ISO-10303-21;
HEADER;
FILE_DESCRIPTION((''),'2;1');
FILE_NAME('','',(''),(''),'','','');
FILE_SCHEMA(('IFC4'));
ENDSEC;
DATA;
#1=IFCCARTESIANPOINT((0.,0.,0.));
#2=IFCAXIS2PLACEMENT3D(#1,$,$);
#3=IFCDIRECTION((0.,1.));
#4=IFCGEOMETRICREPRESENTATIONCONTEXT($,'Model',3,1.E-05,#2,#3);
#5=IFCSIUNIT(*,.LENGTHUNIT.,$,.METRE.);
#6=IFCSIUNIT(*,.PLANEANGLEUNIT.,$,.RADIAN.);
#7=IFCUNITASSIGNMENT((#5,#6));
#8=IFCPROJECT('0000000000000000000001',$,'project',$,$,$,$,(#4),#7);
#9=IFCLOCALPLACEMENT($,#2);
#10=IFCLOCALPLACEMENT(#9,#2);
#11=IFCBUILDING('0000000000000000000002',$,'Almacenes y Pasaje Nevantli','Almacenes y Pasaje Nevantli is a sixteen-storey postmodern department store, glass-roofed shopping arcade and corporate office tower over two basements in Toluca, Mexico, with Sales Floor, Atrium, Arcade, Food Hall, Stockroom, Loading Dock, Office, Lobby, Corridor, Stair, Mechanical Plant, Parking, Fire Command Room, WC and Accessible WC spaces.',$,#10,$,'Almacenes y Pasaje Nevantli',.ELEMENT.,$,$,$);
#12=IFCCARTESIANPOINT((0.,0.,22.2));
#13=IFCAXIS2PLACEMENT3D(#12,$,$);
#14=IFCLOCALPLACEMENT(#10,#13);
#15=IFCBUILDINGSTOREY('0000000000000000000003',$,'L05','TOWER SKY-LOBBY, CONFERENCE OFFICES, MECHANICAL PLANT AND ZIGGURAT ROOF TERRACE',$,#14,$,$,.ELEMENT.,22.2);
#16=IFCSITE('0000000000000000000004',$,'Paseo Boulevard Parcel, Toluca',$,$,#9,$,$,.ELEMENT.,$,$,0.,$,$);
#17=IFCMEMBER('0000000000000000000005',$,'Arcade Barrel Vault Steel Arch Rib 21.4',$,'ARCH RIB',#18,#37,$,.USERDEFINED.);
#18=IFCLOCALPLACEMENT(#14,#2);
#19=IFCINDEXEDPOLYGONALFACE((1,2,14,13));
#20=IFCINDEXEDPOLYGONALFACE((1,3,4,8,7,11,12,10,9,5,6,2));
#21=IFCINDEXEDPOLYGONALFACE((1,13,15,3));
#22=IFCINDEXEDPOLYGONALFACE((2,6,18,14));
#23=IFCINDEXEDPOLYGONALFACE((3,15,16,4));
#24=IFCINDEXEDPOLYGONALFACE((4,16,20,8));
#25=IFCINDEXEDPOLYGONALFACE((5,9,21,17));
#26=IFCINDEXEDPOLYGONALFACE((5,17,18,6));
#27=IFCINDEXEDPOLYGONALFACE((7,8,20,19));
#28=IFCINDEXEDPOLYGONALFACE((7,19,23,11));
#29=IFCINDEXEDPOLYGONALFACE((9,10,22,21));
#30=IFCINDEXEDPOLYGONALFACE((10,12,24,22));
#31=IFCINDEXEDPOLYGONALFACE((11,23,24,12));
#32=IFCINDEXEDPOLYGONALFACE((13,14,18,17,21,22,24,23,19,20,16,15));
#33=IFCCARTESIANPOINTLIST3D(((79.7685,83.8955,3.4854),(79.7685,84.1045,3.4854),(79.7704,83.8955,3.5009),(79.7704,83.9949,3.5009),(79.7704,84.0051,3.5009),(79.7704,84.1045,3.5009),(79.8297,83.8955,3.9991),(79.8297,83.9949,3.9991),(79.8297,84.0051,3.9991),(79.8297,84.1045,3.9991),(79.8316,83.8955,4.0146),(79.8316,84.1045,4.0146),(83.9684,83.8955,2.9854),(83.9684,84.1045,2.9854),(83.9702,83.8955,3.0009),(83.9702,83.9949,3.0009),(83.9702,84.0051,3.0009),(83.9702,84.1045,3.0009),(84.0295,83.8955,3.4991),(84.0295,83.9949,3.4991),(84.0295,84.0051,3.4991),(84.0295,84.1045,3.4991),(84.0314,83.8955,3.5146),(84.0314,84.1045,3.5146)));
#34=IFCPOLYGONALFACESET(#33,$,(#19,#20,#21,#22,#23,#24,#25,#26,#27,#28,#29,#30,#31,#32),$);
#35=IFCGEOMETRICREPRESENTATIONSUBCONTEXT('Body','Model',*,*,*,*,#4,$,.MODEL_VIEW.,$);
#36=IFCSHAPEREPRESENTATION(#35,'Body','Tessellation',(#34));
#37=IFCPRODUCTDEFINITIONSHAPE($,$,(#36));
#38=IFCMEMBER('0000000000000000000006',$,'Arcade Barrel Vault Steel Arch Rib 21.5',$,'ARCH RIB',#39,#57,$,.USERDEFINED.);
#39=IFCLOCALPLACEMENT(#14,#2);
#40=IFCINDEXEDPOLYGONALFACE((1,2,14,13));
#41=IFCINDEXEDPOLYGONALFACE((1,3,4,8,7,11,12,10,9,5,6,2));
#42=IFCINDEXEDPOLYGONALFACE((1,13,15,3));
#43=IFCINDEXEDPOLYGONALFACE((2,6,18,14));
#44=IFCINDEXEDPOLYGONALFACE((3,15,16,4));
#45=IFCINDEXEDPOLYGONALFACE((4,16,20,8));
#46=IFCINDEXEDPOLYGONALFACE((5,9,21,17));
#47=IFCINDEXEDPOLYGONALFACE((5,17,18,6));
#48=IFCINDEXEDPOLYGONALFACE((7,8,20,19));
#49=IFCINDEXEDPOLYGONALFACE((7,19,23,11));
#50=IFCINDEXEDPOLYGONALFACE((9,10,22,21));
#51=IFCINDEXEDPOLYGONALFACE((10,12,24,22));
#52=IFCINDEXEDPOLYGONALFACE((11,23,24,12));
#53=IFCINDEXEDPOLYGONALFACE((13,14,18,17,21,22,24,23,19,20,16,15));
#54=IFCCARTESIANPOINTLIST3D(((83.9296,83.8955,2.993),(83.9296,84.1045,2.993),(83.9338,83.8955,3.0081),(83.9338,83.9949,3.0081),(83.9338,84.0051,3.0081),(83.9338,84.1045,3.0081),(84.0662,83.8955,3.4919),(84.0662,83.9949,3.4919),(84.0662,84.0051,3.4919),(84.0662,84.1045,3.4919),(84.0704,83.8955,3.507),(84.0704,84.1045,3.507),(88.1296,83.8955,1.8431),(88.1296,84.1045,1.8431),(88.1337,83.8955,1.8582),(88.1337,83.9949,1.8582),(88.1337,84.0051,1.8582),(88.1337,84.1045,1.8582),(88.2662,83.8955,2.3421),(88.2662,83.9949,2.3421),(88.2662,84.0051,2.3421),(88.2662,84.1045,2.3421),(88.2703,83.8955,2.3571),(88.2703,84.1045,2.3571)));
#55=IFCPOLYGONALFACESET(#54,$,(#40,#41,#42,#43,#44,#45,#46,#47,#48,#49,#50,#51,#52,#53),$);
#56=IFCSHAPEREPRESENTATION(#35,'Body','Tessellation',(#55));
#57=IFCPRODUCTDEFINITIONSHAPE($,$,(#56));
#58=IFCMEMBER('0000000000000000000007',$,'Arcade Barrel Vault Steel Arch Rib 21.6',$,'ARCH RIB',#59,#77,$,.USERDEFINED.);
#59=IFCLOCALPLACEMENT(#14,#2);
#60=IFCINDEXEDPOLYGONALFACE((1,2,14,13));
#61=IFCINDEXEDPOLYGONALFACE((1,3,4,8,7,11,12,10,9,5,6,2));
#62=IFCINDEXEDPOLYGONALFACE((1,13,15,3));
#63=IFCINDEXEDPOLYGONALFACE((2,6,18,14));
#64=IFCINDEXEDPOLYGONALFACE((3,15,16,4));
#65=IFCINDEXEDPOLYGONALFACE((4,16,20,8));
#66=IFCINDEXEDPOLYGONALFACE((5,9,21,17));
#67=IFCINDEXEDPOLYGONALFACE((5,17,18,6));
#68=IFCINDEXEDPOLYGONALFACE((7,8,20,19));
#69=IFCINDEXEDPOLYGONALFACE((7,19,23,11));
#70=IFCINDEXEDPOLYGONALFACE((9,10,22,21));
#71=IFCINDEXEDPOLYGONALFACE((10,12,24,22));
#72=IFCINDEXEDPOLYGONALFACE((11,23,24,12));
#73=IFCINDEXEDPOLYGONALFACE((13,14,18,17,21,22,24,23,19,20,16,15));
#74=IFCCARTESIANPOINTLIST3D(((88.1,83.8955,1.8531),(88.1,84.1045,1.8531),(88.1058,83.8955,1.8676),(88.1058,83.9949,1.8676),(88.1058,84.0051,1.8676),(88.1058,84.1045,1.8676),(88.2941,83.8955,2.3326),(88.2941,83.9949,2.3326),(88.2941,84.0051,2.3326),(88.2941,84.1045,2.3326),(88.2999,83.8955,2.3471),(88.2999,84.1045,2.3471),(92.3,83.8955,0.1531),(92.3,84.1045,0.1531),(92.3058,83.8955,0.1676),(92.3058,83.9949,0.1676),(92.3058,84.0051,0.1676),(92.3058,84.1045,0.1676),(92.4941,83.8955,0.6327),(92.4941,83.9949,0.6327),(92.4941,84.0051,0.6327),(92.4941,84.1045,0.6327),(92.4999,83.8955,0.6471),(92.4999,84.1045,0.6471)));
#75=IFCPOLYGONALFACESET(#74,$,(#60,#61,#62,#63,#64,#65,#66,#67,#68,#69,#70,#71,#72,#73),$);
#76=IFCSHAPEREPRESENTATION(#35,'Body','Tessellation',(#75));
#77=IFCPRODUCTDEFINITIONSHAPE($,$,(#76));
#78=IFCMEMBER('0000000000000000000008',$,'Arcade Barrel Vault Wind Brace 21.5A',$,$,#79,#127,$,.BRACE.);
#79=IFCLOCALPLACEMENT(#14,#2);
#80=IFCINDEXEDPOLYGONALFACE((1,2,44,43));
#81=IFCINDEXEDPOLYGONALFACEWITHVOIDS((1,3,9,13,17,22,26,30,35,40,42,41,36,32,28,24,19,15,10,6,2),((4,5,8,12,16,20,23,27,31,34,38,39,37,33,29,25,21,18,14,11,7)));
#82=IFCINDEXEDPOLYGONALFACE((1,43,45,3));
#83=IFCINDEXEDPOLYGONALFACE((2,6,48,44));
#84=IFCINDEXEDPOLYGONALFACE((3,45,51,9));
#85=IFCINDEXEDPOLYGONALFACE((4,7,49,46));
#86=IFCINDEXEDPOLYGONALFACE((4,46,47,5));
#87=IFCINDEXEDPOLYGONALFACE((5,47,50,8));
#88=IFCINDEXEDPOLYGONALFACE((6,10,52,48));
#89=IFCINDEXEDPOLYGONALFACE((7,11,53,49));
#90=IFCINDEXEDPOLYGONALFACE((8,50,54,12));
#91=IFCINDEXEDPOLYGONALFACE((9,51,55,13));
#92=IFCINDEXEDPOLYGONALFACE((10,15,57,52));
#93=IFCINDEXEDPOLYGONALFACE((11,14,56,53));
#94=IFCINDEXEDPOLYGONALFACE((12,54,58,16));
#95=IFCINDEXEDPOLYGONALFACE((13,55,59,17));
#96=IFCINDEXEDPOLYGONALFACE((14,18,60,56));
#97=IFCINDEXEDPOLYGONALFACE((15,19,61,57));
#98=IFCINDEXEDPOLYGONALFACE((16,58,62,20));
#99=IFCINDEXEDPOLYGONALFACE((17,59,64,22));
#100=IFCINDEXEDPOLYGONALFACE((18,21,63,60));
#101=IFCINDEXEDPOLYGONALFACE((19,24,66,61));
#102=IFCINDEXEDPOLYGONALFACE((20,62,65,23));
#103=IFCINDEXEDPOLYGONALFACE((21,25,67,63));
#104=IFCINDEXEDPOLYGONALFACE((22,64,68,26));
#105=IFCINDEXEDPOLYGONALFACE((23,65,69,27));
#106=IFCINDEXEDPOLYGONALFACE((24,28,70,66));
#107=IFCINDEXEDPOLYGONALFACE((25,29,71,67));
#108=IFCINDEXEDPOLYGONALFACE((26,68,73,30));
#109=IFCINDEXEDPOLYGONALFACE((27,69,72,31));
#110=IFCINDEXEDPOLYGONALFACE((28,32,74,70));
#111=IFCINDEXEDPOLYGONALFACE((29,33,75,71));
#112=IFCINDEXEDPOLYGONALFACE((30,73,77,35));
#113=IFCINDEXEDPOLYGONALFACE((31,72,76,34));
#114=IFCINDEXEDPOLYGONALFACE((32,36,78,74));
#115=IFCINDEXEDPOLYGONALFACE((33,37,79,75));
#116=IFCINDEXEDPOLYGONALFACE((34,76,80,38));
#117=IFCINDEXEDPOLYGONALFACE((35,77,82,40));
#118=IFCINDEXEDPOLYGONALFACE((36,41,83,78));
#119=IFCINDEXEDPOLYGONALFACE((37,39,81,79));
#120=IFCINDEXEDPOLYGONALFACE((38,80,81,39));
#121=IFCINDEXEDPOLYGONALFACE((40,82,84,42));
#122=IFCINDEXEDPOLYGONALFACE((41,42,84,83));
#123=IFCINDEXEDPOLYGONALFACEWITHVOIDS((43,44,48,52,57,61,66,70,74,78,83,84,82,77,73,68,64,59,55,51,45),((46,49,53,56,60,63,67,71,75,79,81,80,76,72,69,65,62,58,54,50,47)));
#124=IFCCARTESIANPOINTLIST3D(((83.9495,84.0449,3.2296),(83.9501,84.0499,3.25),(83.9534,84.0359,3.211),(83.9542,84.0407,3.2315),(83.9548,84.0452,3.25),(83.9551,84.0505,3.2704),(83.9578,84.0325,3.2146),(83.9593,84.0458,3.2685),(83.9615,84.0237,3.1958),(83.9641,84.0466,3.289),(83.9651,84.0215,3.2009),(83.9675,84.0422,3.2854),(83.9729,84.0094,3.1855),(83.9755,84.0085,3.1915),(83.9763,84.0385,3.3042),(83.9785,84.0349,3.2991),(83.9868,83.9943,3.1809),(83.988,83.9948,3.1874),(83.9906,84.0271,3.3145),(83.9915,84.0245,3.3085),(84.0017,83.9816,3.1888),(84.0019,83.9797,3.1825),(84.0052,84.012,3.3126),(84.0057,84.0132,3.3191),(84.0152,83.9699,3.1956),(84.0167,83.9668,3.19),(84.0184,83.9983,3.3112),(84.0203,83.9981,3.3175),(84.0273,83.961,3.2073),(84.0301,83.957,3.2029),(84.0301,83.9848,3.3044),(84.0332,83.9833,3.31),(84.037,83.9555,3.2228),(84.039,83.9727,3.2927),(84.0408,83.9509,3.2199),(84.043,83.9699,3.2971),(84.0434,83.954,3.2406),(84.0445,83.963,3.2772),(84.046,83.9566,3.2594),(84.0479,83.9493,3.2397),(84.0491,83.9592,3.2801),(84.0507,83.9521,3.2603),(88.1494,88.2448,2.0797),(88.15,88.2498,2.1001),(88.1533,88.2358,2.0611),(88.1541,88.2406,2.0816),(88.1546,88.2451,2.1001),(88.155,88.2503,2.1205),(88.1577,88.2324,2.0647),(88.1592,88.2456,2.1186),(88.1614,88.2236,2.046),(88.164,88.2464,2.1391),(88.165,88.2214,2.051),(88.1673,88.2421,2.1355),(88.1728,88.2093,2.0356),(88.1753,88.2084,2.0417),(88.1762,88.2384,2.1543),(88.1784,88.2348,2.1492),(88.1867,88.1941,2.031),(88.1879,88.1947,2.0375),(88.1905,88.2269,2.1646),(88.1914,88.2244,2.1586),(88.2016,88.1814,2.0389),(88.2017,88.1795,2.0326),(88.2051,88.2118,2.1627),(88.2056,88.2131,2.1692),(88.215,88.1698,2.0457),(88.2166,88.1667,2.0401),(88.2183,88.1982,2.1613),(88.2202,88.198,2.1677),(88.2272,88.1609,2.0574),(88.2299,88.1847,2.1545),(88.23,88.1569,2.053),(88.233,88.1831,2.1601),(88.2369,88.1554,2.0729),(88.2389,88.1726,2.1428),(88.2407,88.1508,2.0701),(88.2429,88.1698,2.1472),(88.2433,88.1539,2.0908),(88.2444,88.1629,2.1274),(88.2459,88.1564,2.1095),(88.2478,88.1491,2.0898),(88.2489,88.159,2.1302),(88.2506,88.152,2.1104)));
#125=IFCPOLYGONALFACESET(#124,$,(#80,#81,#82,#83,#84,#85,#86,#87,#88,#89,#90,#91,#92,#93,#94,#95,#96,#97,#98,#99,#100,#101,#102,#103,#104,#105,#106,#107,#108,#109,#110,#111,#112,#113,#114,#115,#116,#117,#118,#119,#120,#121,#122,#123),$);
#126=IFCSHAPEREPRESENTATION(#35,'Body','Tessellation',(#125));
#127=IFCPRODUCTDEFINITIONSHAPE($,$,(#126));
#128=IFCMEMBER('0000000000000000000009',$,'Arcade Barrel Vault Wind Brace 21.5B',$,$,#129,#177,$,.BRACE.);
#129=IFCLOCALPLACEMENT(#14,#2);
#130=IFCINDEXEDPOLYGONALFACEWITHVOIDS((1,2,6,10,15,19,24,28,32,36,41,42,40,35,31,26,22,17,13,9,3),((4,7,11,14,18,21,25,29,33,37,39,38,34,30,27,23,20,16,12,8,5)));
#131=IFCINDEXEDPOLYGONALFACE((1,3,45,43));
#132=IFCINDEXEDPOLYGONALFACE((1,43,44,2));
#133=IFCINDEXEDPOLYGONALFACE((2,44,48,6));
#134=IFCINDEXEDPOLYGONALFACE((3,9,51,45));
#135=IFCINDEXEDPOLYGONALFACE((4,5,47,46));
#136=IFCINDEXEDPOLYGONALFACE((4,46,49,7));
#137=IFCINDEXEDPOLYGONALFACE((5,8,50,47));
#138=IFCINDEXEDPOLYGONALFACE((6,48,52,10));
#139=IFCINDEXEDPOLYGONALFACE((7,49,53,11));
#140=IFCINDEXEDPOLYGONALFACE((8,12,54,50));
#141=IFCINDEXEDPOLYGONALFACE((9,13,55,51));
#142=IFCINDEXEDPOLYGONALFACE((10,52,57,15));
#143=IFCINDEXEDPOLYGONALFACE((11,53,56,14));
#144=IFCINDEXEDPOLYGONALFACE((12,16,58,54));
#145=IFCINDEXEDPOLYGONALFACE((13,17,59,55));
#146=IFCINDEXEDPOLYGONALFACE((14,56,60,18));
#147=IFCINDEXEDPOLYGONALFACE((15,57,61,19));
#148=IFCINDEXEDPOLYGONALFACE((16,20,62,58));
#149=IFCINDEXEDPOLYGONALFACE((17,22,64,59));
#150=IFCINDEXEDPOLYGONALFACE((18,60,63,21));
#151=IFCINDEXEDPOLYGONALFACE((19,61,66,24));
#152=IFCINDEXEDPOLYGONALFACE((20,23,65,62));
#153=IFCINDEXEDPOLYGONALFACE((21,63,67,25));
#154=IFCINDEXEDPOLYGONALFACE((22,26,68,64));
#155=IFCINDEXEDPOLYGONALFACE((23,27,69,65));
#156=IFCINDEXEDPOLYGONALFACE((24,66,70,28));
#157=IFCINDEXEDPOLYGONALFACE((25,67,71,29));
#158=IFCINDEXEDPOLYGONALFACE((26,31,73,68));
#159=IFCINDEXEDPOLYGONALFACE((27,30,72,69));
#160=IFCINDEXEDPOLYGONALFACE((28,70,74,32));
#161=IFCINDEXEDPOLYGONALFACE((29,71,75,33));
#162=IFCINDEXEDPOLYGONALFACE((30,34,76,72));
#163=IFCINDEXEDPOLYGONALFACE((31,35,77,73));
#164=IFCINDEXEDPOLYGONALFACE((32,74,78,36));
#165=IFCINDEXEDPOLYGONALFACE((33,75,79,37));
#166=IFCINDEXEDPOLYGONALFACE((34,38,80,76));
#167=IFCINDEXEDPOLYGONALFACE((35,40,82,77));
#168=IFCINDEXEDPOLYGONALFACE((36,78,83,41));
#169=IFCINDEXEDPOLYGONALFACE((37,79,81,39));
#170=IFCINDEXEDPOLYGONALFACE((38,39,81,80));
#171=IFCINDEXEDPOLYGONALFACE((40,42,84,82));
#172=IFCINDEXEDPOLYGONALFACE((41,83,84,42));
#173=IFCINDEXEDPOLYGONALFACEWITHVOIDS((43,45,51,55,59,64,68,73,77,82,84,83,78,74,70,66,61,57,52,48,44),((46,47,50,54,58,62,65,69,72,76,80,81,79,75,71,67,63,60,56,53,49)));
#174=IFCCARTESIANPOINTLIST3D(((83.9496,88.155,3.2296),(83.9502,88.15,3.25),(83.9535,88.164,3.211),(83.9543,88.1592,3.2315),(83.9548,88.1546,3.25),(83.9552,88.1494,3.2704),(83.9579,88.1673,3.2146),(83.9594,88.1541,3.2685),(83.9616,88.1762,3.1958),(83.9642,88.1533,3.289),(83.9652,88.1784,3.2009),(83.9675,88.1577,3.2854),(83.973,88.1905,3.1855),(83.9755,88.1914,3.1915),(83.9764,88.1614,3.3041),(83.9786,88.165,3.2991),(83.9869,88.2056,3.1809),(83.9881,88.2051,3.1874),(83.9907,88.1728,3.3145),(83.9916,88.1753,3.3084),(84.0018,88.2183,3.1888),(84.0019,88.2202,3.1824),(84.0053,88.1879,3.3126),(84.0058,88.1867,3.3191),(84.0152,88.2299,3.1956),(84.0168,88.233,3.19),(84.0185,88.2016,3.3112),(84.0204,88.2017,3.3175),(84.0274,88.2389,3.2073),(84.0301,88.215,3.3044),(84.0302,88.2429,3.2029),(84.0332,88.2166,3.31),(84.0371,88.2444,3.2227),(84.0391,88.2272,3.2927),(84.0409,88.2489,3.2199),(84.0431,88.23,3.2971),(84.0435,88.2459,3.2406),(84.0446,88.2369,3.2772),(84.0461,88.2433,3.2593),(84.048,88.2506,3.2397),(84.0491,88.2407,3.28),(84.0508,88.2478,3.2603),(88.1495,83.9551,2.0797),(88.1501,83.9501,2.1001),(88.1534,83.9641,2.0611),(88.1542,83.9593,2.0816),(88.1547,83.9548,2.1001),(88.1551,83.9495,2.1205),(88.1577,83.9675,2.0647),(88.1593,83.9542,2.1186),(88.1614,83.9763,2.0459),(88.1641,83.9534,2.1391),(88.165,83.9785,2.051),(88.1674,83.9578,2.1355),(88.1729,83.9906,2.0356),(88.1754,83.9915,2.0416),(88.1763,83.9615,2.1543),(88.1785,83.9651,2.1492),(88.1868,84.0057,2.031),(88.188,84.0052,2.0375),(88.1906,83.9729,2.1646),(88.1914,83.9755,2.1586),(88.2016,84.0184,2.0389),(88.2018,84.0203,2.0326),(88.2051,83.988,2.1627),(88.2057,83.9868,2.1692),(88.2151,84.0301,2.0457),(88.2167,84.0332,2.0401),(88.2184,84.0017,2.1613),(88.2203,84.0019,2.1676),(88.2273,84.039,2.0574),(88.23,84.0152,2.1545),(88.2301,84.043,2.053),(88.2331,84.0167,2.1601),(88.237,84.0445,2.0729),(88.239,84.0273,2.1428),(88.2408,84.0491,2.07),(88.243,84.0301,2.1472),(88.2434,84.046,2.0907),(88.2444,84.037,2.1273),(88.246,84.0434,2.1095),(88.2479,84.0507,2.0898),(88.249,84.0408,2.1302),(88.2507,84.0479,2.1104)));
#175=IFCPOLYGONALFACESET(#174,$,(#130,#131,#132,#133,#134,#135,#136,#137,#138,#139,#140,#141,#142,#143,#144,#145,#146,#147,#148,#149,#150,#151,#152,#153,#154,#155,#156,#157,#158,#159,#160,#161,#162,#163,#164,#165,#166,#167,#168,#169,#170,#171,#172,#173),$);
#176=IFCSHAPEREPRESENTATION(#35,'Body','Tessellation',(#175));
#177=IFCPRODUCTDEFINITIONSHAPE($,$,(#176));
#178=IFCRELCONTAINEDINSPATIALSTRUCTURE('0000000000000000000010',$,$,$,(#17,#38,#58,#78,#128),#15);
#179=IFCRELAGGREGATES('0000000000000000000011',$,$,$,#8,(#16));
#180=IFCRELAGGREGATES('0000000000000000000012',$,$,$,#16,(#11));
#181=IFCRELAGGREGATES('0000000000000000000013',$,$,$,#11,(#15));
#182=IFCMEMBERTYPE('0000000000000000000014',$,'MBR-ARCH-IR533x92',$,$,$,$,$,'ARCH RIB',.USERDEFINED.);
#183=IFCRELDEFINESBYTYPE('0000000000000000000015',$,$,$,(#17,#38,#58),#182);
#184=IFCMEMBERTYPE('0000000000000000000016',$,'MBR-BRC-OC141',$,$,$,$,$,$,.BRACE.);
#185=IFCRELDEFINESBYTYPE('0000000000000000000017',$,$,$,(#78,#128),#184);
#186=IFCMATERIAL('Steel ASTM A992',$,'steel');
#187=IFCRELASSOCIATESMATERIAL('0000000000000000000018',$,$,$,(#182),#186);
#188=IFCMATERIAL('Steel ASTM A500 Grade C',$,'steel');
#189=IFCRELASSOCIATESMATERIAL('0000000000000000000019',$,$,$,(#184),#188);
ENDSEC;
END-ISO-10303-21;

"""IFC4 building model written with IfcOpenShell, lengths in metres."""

from ifc_helpers import new_model, si_unit, direction, frame, origin, origin_2d, place, context, subcontext, project, spatial, hollow_circle, i_section, extrude, material, material_profile, profile_set, type_object, element, save


model = new_model("IFC4")

# Units and contexts
model_context = context("Model", 3, precision=1e-05, world=origin(), true_north=direction((0.0, 1.0)))
body_context = subcontext(model_context, "Body", "Model", "MODEL_VIEW")
ifc_project = project(units=[si_unit("LENGTHUNIT", "METRE"), si_unit("PLANEANGLEUNIT", "RADIAN")], contexts=[model_context])

# Site, building, storey
site_placement = place(None, origin())
site = spatial("IfcSite", under=ifc_project, at=site_placement, Name="Paseo Boulevard Parcel, Toluca", CompositionType="ELEMENT", RefElevation=0.0)
building_placement = place(site_placement, origin())
building = spatial("IfcBuilding", under=site, at=building_placement, Name="Almacenes y Pasaje Nevantli", Description="Almacenes y Pasaje Nevantli is a sixteen-storey postmodern department store, glass-roofed shopping arcade and corporate office tower over two basements in Toluca, Mexico, with Sales Floor, Atrium, Arcade, Food Hall, Stockroom, Loading Dock, Office, Lobby, Corridor, Stair, Mechanical Plant, Parking, Fire Command Room, WC and Accessible WC spaces.", LongName="Almacenes y Pasaje Nevantli", CompositionType="ELEMENT")
storey_placement = place(building_placement, frame((0.0, 0.0, 22.2)))
storey = spatial("IfcBuildingStorey", under=building, at=storey_placement, Name="L05", Description="TOWER SKY-LOBBY, CONFERENCE OFFICES, MECHANICAL PLANT AND ZIGGURAT ROOF TERRACE", CompositionType="ELEMENT", Elevation=22.2)

# Members
ifc_material_1 = material(Name="Steel ASTM A992", Category="steel")
ifc_material_profile_1 = material_profile(ifc_material_1, i_section(OverallWidth=0.209, OverallDepth=0.533, WebThickness=0.0103, FlangeThickness=0.0156, at=origin_2d()), Name="IR 533x92.5")
ifc_profile_set_1 = profile_set([ifc_material_profile_1], Name="Steel ASTM A992")
member_type_1 = type_object("IfcMemberType", Name="MBR-ARCH-IR533x92", ElementType="ARCH RIB", PredefinedType="USERDEFINED", material=ifc_profile_set_1)
member_1_placement = place(storey_placement, frame((79.8, 84.0, 3.75), z_axis=(0.992988, 0.0, -0.118214), x_axis=(0.0, 1.0, 0.0)))
element("IfcMember", 1, at=member_1_placement, inside=storey, type_object=member_type_1, Name="Arcade Barrel Vault Steel Arch Rib 21.4", ObjectType="ARCH RIB", PredefinedType="USERDEFINED", context=body_context, shape_type="SweptSolid", body=[
    extrude(i_section(OverallWidth=0.209, OverallDepth=0.533, WebThickness=0.0103, FlangeThickness=0.0156, at=origin_2d()), origin(), (0.0, 0.0, 1.0), 4.2295),
])
member_2_placement = place(storey_placement, frame((84.0, 84.0, 3.25), z_axis=(0.964503, 0.0, -0.264071), x_axis=(0.0, 1.0, 0.0)))
element("IfcMember", 2, at=member_2_placement, inside=storey, type_object=member_type_1, Name="Arcade Barrel Vault Steel Arch Rib 21.5", ObjectType="ARCH RIB", PredefinedType="USERDEFINED", context=body_context, shape_type="SweptSolid", body=[
    extrude(i_section(OverallWidth=0.209, OverallDepth=0.533, WebThickness=0.0103, FlangeThickness=0.0156, at=origin_2d()), origin(), (0.0, 0.0, 1.0), 4.3545),
])
member_3_placement = place(storey_placement, frame((88.2, 84.0, 2.1001), z_axis=(0.926949, 0.0, -0.375187), x_axis=(0.0, 1.0, 0.0)))
element("IfcMember", 3, at=member_3_placement, inside=storey, type_object=member_type_1, Name="Arcade Barrel Vault Steel Arch Rib 21.6", ObjectType="ARCH RIB", PredefinedType="USERDEFINED", context=body_context, shape_type="SweptSolid", body=[
    extrude(i_section(OverallWidth=0.209, OverallDepth=0.533, WebThickness=0.0103, FlangeThickness=0.0156, at=origin_2d()), origin(), (0.0, 0.0, 1.0), 4.531),
])
ifc_material_2 = material(Name="Steel ASTM A500 Grade C", Category="steel")
ifc_material_profile_2 = material_profile(ifc_material_2, hollow_circle(Radius=0.0706, WallThickness=0.0066, at=origin_2d()), Name="OC 141x6.6")
ifc_profile_set_2 = profile_set([ifc_material_profile_2], Name="Steel ASTM A500 Grade C")
member_type_2 = type_object("IfcMemberType", Name="MBR-BRC-OC141", PredefinedType="BRACE", material=ifc_profile_set_2)
for number, where, z_axis, x_axis, name in (
    (4, (84.0, 84.0, 3.25), (0.694217, 0.694217, -0.190069), (-0.707107, 0.707107, 0.0), "Arcade Barrel Vault Wind Brace 21.5A"),
    (5, (88.2, 84.0, 2.1001), (-0.694217, 0.694217, 0.190069), (-0.707107, -0.707107, 0.0), "Arcade Barrel Vault Wind Brace 21.5B"),
):
    element("IfcMember", number, at=place(storey_placement, frame(where, z_axis=z_axis, x_axis=x_axis)), inside=storey, type_object=member_type_2, Name=name, PredefinedType="BRACE", context=body_context, shape_type="SweptSolid", body=[
        extrude(hollow_circle(Radius=0.0706, WallThickness=0.0066, at=origin_2d()), origin(), (0.0, 0.0, 1.0), 6.0498),
    ])

save(model, "model.ifc")
